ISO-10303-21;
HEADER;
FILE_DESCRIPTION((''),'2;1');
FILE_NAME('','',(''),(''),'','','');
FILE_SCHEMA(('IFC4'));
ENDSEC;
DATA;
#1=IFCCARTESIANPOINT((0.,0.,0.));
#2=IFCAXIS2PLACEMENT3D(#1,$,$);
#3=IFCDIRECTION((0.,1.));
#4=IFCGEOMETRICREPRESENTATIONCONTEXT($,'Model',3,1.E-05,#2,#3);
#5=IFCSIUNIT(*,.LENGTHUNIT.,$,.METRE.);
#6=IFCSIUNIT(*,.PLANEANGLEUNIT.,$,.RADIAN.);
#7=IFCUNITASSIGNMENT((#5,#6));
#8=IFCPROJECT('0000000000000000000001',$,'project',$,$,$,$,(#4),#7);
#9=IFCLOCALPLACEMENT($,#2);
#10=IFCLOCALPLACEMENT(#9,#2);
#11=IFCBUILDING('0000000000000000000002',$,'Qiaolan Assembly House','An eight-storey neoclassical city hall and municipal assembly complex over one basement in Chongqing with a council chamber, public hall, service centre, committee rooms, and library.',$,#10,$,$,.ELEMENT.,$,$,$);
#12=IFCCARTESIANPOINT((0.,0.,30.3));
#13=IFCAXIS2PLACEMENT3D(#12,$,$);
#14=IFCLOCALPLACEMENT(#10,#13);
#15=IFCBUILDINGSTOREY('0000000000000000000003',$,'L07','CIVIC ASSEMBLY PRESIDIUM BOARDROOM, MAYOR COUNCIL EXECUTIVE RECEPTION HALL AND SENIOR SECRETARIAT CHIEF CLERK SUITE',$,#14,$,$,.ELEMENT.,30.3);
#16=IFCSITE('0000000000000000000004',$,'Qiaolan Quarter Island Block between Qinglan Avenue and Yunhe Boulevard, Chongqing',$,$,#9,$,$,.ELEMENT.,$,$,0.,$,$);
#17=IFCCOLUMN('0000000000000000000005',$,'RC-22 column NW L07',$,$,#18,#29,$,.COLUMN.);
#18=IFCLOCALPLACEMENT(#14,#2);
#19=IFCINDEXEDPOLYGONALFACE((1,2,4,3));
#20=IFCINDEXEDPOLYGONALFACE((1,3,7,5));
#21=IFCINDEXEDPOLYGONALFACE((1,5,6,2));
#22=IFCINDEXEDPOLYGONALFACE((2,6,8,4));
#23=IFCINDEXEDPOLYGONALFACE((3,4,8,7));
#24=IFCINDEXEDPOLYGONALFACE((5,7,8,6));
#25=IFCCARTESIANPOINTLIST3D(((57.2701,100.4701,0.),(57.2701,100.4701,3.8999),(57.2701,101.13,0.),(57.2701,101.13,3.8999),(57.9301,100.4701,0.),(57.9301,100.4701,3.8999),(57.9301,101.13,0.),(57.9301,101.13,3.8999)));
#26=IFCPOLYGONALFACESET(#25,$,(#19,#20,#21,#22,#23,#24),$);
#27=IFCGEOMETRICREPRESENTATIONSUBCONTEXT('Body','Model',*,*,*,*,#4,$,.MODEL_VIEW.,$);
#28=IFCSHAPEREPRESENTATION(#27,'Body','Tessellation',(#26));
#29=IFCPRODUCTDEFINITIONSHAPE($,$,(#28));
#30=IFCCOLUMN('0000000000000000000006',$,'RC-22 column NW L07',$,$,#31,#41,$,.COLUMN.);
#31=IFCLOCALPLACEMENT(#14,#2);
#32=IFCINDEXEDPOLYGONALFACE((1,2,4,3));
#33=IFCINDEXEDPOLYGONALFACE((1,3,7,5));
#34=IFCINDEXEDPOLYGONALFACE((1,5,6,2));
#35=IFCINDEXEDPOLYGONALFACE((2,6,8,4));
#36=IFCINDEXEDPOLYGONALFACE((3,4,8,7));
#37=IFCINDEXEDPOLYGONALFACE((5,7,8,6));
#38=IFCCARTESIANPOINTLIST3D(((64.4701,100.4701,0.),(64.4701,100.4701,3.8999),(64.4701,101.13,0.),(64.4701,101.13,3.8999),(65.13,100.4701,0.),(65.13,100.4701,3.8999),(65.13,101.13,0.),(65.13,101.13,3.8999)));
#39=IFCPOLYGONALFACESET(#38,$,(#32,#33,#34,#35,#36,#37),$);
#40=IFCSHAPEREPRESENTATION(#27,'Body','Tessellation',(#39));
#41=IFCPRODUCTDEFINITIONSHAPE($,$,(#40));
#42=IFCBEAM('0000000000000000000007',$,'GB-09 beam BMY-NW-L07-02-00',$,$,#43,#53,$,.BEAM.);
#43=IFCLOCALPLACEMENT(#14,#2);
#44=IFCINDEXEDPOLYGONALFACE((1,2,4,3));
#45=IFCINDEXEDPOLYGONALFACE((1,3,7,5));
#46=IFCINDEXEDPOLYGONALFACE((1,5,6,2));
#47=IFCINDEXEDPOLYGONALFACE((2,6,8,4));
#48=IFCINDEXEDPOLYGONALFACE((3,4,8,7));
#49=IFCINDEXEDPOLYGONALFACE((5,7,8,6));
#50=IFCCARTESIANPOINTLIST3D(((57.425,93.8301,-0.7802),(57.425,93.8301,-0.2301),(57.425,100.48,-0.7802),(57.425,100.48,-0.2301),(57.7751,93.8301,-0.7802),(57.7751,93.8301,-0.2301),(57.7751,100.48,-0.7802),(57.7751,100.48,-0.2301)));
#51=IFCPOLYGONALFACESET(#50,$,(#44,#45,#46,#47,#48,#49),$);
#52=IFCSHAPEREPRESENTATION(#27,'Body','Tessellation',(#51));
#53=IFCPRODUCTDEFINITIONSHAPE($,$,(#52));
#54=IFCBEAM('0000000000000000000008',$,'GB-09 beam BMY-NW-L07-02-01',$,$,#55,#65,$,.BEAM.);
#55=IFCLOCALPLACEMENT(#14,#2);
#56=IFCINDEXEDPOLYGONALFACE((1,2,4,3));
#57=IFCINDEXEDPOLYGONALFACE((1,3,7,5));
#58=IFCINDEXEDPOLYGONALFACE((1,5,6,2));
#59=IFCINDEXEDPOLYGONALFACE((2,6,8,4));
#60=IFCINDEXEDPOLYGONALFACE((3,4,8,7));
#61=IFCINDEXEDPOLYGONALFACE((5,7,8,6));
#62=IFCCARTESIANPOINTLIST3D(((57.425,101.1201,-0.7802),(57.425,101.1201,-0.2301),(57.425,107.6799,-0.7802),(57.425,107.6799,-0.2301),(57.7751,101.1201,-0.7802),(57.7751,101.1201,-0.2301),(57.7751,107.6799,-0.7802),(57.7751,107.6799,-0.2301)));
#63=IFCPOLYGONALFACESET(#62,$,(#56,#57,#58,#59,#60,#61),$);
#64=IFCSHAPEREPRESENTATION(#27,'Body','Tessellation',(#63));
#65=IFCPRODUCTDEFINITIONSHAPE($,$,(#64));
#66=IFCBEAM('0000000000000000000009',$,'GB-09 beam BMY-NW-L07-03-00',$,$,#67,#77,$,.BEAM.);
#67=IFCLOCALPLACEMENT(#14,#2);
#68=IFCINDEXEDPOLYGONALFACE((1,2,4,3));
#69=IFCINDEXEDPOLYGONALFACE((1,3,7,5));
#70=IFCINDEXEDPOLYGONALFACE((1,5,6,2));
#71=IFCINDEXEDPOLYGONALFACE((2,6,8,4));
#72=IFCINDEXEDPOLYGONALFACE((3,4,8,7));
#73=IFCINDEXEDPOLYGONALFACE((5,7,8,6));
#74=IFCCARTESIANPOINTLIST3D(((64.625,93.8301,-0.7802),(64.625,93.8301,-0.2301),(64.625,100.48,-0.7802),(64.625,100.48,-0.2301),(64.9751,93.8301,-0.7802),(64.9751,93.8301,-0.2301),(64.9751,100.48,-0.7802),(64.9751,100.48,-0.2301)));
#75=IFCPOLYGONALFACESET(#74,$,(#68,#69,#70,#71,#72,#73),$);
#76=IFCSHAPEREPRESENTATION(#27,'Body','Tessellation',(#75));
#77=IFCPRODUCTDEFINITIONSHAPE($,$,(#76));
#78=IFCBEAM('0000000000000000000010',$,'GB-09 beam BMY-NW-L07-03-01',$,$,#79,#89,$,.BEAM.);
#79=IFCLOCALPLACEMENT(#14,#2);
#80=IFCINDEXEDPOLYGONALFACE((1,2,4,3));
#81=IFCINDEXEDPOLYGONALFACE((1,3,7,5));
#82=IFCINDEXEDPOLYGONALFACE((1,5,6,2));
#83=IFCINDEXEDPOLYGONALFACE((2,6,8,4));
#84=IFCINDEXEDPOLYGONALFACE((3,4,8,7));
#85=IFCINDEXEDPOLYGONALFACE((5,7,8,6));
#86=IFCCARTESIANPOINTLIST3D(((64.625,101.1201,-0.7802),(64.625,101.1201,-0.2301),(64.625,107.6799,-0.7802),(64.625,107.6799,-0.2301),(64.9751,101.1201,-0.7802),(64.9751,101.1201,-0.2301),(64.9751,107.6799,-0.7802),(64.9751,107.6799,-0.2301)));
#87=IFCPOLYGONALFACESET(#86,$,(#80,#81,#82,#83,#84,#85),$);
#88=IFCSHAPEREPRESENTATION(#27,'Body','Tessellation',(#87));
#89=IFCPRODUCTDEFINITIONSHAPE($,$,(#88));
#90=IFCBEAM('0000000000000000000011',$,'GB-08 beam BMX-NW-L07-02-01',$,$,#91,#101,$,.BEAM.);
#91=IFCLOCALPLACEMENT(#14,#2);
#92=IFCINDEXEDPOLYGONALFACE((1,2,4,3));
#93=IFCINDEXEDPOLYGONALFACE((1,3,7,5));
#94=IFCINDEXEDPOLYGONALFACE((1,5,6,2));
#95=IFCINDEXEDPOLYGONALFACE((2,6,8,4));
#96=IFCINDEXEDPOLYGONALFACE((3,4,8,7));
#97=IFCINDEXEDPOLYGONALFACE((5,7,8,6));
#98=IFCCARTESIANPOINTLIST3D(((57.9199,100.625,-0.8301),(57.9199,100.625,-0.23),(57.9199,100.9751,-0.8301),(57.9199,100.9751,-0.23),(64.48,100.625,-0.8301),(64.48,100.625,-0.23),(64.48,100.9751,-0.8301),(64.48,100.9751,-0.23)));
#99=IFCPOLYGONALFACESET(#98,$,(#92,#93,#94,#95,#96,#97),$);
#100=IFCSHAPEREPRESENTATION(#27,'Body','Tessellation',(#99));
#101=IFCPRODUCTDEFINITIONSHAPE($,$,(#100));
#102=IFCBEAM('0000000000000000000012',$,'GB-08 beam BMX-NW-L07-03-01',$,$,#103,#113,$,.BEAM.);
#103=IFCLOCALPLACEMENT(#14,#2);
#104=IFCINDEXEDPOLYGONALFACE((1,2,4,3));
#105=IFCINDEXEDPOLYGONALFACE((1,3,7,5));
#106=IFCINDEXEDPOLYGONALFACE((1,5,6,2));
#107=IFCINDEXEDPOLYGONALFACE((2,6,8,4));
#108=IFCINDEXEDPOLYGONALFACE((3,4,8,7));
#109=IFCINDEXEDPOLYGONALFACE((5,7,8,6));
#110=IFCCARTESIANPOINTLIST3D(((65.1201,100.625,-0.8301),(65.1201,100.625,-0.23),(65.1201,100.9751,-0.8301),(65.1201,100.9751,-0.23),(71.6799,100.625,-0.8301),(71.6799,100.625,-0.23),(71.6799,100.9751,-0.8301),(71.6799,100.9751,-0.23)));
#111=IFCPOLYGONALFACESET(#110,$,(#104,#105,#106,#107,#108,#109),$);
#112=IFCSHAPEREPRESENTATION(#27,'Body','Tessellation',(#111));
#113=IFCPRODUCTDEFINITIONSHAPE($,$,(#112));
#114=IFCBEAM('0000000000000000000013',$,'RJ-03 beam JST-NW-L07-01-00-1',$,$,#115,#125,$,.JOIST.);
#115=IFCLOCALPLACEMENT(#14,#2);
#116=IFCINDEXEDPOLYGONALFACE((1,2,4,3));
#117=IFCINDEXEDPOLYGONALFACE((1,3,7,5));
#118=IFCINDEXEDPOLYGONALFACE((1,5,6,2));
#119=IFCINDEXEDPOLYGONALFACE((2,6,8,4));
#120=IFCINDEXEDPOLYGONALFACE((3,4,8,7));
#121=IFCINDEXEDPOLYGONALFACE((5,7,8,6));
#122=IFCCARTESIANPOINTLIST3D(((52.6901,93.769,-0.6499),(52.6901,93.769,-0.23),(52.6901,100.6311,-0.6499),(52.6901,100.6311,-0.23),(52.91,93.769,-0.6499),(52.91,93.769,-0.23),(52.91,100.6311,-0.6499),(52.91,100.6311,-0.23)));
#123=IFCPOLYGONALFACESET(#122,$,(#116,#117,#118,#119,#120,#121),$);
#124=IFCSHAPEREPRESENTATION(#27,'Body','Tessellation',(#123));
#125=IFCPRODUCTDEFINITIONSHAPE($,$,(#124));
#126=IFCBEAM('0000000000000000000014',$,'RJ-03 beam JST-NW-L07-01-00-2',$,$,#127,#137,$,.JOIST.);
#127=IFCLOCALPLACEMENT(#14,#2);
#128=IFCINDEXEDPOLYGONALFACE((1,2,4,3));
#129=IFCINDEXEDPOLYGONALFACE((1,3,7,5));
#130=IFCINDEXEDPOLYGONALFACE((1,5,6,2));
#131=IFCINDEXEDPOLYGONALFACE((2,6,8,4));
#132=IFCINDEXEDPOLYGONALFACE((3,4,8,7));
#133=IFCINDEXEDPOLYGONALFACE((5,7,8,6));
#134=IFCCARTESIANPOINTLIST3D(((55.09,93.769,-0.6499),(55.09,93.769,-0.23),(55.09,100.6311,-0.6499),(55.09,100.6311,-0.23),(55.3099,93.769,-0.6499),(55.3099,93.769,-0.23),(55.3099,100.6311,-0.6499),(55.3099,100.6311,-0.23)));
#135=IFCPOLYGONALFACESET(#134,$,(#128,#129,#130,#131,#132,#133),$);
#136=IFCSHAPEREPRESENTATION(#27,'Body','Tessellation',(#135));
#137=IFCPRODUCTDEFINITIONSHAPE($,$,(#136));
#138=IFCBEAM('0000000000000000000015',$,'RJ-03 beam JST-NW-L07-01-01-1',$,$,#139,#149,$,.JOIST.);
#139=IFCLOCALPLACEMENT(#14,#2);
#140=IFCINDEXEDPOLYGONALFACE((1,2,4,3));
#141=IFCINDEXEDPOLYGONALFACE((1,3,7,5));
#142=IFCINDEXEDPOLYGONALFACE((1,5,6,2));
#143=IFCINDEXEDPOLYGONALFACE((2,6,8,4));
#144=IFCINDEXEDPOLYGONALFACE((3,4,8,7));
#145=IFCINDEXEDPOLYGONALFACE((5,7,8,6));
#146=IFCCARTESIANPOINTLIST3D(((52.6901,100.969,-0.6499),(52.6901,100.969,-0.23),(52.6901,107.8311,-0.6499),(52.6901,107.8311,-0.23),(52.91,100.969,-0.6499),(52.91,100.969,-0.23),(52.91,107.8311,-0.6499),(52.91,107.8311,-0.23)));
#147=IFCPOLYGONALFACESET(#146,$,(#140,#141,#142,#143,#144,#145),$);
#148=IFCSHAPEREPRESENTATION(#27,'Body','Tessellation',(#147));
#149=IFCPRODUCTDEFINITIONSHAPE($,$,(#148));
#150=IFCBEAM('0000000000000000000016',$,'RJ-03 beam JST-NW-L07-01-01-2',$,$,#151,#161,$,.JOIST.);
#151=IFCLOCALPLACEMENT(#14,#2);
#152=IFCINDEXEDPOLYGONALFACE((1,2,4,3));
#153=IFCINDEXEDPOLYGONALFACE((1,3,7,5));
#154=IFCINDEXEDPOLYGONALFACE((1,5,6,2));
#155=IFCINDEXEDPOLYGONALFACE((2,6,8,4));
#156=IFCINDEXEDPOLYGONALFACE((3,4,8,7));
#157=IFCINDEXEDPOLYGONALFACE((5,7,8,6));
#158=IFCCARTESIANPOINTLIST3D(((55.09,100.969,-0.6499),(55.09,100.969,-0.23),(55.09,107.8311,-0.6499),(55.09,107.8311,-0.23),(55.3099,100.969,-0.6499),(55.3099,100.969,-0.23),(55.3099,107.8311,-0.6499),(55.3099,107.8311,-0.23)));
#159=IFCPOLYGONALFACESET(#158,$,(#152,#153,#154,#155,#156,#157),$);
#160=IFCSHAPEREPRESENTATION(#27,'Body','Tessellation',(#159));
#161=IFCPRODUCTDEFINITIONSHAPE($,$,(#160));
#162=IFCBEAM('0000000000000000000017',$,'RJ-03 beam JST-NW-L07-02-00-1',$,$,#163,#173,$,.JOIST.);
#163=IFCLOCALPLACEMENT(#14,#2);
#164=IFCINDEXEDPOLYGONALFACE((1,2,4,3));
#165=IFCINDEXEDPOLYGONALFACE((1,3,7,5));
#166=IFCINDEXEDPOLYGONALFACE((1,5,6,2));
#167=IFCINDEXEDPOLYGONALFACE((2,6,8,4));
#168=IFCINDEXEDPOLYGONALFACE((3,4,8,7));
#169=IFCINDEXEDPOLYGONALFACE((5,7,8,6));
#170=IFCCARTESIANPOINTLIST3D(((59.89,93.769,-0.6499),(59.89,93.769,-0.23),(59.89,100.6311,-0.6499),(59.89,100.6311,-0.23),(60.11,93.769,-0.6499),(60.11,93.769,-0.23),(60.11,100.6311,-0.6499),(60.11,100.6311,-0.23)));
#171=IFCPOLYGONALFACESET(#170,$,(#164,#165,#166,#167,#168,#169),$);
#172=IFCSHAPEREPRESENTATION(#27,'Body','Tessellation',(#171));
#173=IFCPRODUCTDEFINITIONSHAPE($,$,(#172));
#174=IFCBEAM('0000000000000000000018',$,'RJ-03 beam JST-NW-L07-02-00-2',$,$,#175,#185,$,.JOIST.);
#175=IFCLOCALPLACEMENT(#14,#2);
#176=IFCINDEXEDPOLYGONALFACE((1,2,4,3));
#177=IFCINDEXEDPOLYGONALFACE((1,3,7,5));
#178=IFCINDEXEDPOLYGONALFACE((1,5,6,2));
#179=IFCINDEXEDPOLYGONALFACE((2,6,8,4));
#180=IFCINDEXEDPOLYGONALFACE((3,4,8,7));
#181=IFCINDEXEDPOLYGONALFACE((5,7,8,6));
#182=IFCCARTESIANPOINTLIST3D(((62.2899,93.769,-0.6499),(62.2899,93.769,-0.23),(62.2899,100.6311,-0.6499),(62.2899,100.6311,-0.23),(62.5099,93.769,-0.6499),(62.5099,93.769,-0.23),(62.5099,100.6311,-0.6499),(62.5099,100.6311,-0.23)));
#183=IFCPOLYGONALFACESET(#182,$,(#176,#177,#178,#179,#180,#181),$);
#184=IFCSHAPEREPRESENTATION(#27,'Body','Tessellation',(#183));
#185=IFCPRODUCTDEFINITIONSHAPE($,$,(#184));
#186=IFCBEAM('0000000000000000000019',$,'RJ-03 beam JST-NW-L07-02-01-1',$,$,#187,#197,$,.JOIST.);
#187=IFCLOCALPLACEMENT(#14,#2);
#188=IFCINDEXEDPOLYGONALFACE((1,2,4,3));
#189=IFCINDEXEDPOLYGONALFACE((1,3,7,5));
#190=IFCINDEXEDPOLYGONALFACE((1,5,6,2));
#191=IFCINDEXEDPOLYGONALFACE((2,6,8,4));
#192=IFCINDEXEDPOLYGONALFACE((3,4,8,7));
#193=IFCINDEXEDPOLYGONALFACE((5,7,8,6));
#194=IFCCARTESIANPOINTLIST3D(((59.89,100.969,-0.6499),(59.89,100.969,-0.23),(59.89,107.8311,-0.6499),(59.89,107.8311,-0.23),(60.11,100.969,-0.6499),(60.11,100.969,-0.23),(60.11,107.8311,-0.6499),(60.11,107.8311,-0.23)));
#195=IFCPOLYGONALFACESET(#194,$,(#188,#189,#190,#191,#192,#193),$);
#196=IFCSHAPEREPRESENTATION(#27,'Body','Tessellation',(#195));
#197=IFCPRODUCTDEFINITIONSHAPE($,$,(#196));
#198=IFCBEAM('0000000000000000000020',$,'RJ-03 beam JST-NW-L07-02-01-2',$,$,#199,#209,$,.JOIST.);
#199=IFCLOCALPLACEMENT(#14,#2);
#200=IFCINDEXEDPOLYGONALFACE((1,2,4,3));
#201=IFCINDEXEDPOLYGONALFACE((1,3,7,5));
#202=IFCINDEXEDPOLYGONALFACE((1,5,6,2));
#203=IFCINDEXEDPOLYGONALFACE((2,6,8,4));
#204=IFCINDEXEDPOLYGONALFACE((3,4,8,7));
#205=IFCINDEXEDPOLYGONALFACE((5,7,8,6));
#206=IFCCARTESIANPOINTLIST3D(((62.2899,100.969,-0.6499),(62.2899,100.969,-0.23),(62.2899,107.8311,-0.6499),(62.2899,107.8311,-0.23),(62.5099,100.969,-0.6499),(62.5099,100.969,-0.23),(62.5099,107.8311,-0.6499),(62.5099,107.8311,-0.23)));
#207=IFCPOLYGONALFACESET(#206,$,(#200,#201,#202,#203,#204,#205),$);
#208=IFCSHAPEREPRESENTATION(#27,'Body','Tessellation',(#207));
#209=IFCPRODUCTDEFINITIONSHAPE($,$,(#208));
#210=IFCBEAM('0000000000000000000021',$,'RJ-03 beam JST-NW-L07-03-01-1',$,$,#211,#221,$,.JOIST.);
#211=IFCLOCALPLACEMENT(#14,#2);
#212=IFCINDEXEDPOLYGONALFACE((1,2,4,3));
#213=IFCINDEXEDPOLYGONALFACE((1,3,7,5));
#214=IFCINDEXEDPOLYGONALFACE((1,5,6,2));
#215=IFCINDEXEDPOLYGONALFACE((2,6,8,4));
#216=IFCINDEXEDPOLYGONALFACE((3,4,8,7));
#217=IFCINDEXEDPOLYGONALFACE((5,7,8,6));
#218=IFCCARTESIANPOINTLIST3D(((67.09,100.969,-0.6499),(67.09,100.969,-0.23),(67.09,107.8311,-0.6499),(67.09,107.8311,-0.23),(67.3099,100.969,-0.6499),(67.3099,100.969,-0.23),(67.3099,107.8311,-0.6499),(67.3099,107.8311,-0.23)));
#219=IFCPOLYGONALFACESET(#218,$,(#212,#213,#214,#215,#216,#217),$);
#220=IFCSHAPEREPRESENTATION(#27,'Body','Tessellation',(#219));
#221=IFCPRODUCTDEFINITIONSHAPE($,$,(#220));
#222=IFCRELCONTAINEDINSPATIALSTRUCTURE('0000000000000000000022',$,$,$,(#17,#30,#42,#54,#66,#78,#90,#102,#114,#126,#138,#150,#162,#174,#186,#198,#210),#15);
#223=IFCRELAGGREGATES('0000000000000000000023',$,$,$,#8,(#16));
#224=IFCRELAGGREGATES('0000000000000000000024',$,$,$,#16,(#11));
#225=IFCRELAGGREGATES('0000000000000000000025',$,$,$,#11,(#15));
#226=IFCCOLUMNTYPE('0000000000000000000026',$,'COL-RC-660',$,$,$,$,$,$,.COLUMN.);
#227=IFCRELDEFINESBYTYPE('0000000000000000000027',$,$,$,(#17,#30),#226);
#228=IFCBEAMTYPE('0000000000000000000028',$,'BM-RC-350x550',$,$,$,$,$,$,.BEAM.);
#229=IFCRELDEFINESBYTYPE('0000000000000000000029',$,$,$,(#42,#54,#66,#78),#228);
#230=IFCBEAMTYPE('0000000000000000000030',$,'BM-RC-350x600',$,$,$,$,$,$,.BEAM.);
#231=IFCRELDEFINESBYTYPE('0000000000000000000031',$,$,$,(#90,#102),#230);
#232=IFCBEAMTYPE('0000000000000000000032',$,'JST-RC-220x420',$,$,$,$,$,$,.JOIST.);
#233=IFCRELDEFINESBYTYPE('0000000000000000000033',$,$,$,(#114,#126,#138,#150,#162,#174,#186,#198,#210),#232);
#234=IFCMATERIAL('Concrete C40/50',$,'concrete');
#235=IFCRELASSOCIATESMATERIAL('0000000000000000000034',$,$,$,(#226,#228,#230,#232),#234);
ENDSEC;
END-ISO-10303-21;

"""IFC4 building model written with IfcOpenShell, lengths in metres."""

from ifc_helpers import new_model, si_unit, direction, frame, origin, origin_2d, place, context, subcontext, project, spatial, rectangle, extrude, material, material_profile, profile_set, type_object, element, save


model = new_model("IFC4")

# Units and contexts
model_context = context("Model", 3, precision=1e-05, world=origin(), true_north=direction((0.0, 1.0)))
body_context = subcontext(model_context, "Body", "Model", "MODEL_VIEW")
ifc_project = project(units=[si_unit("LENGTHUNIT", "METRE"), si_unit("PLANEANGLEUNIT", "RADIAN")], contexts=[model_context])

# Site, building, storey
site_placement = place(None, origin())
site = spatial("IfcSite", under=ifc_project, at=site_placement, Name="Qiaolan Quarter Island Block between Qinglan Avenue and Yunhe Boulevard, Chongqing", CompositionType="ELEMENT", RefElevation=0.0)
building_placement = place(site_placement, origin())
building = spatial("IfcBuilding", under=site, at=building_placement, Name="Qiaolan Assembly House", Description="An eight-storey neoclassical city hall and municipal assembly complex over one basement in Chongqing with a council chamber, public hall, service centre, committee rooms, and library.", CompositionType="ELEMENT")
storey_placement = place(building_placement, frame((0.0, 0.0, 30.3)))
storey = spatial("IfcBuildingStorey", under=building, at=storey_placement, Name="L07", Description="CIVIC ASSEMBLY PRESIDIUM BOARDROOM, MAYOR COUNCIL EXECUTIVE RECEPTION HALL AND SENIOR SECRETARIAT CHIEF CLERK SUITE", CompositionType="ELEMENT", Elevation=30.3)

# Columns
ifc_material_1 = material(Name="Concrete C40/50", Category="concrete")
ifc_material_profile_1 = material_profile(ifc_material_1, rectangle(XDim=0.6599, YDim=0.6599, at=origin_2d()), Name="RC 660x660")
ifc_profile_set_1 = profile_set([ifc_material_profile_1], Name="Concrete C40/50")
column_type = type_object("IfcColumnType", Name="COL-RC-660", PredefinedType="COLUMN", material=ifc_profile_set_1)
for number, where, z_axis, x_axis, name in (
    (1, (57.6001, 100.8, 0.0), (0.0, 0.0, 1.0), (1.0, 0.0, 0.0), "RC-22 column NW L07"),
    (2, (64.8, 100.8, 0.0), (0.0, 0.0, 1.0), (1.0, 0.0, 0.0), "RC-22 column NW L07"),
):
    element("IfcColumn", number, at=place(storey_placement, frame(where, z_axis=z_axis, x_axis=x_axis)), inside=storey, type_object=column_type, Name=name, PredefinedType="COLUMN", context=body_context, shape_type="SweptSolid", body=[
        extrude(rectangle(XDim=0.6599, YDim=0.6599, at=origin_2d()), origin(), (0.0, 0.0, 1.0), 3.8999),
    ])

# Beams
ifc_material_profile_2 = material_profile(ifc_material_1, rectangle(XDim=0.3501, YDim=0.55, at=origin_2d()), Name="RCB 350x550")
ifc_profile_set_2 = profile_set([ifc_material_profile_2], Name="Concrete C40/50")
beam_type_1 = type_object("IfcBeamType", Name="BM-RC-350x550", PredefinedType="BEAM", material=ifc_profile_set_2)
beam_1_placement = place(storey_placement, frame((57.6001, 93.8301, -0.5051), z_axis=(0.0, 1.0, 0.0), x_axis=(-1.0, 0.0, 0.0)))
element("IfcBeam", 3, at=beam_1_placement, inside=storey, type_object=beam_type_1, Name="GB-09 beam BMY-NW-L07-02-00", PredefinedType="BEAM", context=body_context, shape_type="SweptSolid", body=[
    extrude(rectangle(XDim=0.3501, YDim=0.55, at=origin_2d()), origin(), (0.0, 0.0, 1.0), 6.6499),
])
beam_2_placement = place(storey_placement, frame((57.6001, 101.1201, -0.5051), z_axis=(0.0, 1.0, 0.0), x_axis=(-1.0, 0.0, 0.0)))
element("IfcBeam", 4, at=beam_2_placement, inside=storey, type_object=beam_type_1, Name="GB-09 beam BMY-NW-L07-02-01", PredefinedType="BEAM", context=body_context, shape_type="SweptSolid", body=[
    extrude(rectangle(XDim=0.3501, YDim=0.55, at=origin_2d()), origin(), (0.0, 0.0, 1.0), 6.5598),
])
beam_3_placement = place(storey_placement, frame((64.8, 93.8301, -0.5051), z_axis=(0.0, 1.0, 0.0), x_axis=(-1.0, 0.0, 0.0)))
element("IfcBeam", 5, at=beam_3_placement, inside=storey, type_object=beam_type_1, Name="GB-09 beam BMY-NW-L07-03-00", PredefinedType="BEAM", context=body_context, shape_type="SweptSolid", body=[
    extrude(rectangle(XDim=0.3501, YDim=0.55, at=origin_2d()), origin(), (0.0, 0.0, 1.0), 6.6499),
])
beam_4_placement = place(storey_placement, frame((64.8, 101.1201, -0.5051), z_axis=(0.0, 1.0, 0.0), x_axis=(-1.0, 0.0, 0.0)))
element("IfcBeam", 6, at=beam_4_placement, inside=storey, type_object=beam_type_1, Name="GB-09 beam BMY-NW-L07-03-01", PredefinedType="BEAM", context=body_context, shape_type="SweptSolid", body=[
    extrude(rectangle(XDim=0.3501, YDim=0.55, at=origin_2d()), origin(), (0.0, 0.0, 1.0), 6.5598),
])
ifc_material_profile_3 = material_profile(ifc_material_1, rectangle(XDim=0.3501, YDim=0.6001, at=origin_2d()), Name="RCB 350x600")
ifc_profile_set_3 = profile_set([ifc_material_profile_3], Name="Concrete C40/50")
beam_type_2 = type_object("IfcBeamType", Name="BM-RC-350x600", PredefinedType="BEAM", material=ifc_profile_set_3)
beam_5_placement = place(storey_placement, frame((57.9199, 100.8, -0.53), z_axis=(1.0, 0.0, 0.0), x_axis=(0.0, 1.0, 0.0)))
element("IfcBeam", 7, at=beam_5_placement, inside=storey, type_object=beam_type_2, Name="GB-08 beam BMX-NW-L07-02-01", PredefinedType="BEAM", context=body_context, shape_type="SweptSolid", body=[
    extrude(rectangle(XDim=0.3501, YDim=0.6001, at=origin_2d()), origin(), (0.0, 0.0, 1.0), 6.5601),
])
beam_6_placement = place(storey_placement, frame((65.1201, 100.8, -0.53), z_axis=(1.0, 0.0, 0.0), x_axis=(0.0, 1.0, 0.0)))
element("IfcBeam", 8, at=beam_6_placement, inside=storey, type_object=beam_type_2, Name="GB-08 beam BMX-NW-L07-03-01", PredefinedType="BEAM", context=body_context, shape_type="SweptSolid", body=[
    extrude(rectangle(XDim=0.3501, YDim=0.6001, at=origin_2d()), origin(), (0.0, 0.0, 1.0), 6.5598),
])
ifc_material_profile_4 = material_profile(ifc_material_1, rectangle(XDim=0.22, YDim=0.4199, at=origin_2d()), Name="RCB 220x420")
ifc_profile_set_4 = profile_set([ifc_material_profile_4], Name="Concrete C40/50")
beam_type_3 = type_object("IfcBeamType", Name="JST-RC-220x420", PredefinedType="JOIST", material=ifc_profile_set_4)
for number, where, z_axis, x_axis, name in (
    (9, (52.8, 93.769, -0.4399), (0.0, 1.0, 0.0), (-1.0, 0.0, 0.0), "RJ-03 beam JST-NW-L07-01-00-1"),
    (10, (55.2, 93.769, -0.4399), (0.0, 1.0, 0.0), (-1.0, 0.0, 0.0), "RJ-03 beam JST-NW-L07-01-00-2"),
    (11, (52.8, 100.969, -0.4399), (0.0, 1.0, 0.0), (-1.0, 0.0, 0.0), "RJ-03 beam JST-NW-L07-01-01-1"),
    (12, (55.2, 100.969, -0.4399), (0.0, 1.0, 0.0), (-1.0, 0.0, 0.0), "RJ-03 beam JST-NW-L07-01-01-2"),
    (13, (60.0, 93.769, -0.4399), (0.0, 1.0, 0.0), (-1.0, 0.0, 0.0), "RJ-03 beam JST-NW-L07-02-00-1"),
    (14, (62.3999, 93.769, -0.4399), (0.0, 1.0, 0.0), (-1.0, 0.0, 0.0), "RJ-03 beam JST-NW-L07-02-00-2"),
    (15, (60.0, 100.969, -0.4399), (0.0, 1.0, 0.0), (-1.0, 0.0, 0.0), "RJ-03 beam JST-NW-L07-02-01-1"),
    (16, (62.3999, 100.969, -0.4399), (0.0, 1.0, 0.0), (-1.0, 0.0, 0.0), "RJ-03 beam JST-NW-L07-02-01-2"),
    (17, (67.2, 100.969, -0.4399), (0.0, 1.0, 0.0), (-1.0, 0.0, 0.0), "RJ-03 beam JST-NW-L07-03-01-1"),
):
    element("IfcBeam", number, at=place(storey_placement, frame(where, z_axis=z_axis, x_axis=x_axis)), inside=storey, type_object=beam_type_3, Name=name, PredefinedType="JOIST", context=body_context, shape_type="SweptSolid", body=[
        extrude(rectangle(XDim=0.22, YDim=0.4199, at=origin_2d()), origin(), (0.0, 0.0, 1.0), 6.8621),
    ])

save(model, "model.ifc")
